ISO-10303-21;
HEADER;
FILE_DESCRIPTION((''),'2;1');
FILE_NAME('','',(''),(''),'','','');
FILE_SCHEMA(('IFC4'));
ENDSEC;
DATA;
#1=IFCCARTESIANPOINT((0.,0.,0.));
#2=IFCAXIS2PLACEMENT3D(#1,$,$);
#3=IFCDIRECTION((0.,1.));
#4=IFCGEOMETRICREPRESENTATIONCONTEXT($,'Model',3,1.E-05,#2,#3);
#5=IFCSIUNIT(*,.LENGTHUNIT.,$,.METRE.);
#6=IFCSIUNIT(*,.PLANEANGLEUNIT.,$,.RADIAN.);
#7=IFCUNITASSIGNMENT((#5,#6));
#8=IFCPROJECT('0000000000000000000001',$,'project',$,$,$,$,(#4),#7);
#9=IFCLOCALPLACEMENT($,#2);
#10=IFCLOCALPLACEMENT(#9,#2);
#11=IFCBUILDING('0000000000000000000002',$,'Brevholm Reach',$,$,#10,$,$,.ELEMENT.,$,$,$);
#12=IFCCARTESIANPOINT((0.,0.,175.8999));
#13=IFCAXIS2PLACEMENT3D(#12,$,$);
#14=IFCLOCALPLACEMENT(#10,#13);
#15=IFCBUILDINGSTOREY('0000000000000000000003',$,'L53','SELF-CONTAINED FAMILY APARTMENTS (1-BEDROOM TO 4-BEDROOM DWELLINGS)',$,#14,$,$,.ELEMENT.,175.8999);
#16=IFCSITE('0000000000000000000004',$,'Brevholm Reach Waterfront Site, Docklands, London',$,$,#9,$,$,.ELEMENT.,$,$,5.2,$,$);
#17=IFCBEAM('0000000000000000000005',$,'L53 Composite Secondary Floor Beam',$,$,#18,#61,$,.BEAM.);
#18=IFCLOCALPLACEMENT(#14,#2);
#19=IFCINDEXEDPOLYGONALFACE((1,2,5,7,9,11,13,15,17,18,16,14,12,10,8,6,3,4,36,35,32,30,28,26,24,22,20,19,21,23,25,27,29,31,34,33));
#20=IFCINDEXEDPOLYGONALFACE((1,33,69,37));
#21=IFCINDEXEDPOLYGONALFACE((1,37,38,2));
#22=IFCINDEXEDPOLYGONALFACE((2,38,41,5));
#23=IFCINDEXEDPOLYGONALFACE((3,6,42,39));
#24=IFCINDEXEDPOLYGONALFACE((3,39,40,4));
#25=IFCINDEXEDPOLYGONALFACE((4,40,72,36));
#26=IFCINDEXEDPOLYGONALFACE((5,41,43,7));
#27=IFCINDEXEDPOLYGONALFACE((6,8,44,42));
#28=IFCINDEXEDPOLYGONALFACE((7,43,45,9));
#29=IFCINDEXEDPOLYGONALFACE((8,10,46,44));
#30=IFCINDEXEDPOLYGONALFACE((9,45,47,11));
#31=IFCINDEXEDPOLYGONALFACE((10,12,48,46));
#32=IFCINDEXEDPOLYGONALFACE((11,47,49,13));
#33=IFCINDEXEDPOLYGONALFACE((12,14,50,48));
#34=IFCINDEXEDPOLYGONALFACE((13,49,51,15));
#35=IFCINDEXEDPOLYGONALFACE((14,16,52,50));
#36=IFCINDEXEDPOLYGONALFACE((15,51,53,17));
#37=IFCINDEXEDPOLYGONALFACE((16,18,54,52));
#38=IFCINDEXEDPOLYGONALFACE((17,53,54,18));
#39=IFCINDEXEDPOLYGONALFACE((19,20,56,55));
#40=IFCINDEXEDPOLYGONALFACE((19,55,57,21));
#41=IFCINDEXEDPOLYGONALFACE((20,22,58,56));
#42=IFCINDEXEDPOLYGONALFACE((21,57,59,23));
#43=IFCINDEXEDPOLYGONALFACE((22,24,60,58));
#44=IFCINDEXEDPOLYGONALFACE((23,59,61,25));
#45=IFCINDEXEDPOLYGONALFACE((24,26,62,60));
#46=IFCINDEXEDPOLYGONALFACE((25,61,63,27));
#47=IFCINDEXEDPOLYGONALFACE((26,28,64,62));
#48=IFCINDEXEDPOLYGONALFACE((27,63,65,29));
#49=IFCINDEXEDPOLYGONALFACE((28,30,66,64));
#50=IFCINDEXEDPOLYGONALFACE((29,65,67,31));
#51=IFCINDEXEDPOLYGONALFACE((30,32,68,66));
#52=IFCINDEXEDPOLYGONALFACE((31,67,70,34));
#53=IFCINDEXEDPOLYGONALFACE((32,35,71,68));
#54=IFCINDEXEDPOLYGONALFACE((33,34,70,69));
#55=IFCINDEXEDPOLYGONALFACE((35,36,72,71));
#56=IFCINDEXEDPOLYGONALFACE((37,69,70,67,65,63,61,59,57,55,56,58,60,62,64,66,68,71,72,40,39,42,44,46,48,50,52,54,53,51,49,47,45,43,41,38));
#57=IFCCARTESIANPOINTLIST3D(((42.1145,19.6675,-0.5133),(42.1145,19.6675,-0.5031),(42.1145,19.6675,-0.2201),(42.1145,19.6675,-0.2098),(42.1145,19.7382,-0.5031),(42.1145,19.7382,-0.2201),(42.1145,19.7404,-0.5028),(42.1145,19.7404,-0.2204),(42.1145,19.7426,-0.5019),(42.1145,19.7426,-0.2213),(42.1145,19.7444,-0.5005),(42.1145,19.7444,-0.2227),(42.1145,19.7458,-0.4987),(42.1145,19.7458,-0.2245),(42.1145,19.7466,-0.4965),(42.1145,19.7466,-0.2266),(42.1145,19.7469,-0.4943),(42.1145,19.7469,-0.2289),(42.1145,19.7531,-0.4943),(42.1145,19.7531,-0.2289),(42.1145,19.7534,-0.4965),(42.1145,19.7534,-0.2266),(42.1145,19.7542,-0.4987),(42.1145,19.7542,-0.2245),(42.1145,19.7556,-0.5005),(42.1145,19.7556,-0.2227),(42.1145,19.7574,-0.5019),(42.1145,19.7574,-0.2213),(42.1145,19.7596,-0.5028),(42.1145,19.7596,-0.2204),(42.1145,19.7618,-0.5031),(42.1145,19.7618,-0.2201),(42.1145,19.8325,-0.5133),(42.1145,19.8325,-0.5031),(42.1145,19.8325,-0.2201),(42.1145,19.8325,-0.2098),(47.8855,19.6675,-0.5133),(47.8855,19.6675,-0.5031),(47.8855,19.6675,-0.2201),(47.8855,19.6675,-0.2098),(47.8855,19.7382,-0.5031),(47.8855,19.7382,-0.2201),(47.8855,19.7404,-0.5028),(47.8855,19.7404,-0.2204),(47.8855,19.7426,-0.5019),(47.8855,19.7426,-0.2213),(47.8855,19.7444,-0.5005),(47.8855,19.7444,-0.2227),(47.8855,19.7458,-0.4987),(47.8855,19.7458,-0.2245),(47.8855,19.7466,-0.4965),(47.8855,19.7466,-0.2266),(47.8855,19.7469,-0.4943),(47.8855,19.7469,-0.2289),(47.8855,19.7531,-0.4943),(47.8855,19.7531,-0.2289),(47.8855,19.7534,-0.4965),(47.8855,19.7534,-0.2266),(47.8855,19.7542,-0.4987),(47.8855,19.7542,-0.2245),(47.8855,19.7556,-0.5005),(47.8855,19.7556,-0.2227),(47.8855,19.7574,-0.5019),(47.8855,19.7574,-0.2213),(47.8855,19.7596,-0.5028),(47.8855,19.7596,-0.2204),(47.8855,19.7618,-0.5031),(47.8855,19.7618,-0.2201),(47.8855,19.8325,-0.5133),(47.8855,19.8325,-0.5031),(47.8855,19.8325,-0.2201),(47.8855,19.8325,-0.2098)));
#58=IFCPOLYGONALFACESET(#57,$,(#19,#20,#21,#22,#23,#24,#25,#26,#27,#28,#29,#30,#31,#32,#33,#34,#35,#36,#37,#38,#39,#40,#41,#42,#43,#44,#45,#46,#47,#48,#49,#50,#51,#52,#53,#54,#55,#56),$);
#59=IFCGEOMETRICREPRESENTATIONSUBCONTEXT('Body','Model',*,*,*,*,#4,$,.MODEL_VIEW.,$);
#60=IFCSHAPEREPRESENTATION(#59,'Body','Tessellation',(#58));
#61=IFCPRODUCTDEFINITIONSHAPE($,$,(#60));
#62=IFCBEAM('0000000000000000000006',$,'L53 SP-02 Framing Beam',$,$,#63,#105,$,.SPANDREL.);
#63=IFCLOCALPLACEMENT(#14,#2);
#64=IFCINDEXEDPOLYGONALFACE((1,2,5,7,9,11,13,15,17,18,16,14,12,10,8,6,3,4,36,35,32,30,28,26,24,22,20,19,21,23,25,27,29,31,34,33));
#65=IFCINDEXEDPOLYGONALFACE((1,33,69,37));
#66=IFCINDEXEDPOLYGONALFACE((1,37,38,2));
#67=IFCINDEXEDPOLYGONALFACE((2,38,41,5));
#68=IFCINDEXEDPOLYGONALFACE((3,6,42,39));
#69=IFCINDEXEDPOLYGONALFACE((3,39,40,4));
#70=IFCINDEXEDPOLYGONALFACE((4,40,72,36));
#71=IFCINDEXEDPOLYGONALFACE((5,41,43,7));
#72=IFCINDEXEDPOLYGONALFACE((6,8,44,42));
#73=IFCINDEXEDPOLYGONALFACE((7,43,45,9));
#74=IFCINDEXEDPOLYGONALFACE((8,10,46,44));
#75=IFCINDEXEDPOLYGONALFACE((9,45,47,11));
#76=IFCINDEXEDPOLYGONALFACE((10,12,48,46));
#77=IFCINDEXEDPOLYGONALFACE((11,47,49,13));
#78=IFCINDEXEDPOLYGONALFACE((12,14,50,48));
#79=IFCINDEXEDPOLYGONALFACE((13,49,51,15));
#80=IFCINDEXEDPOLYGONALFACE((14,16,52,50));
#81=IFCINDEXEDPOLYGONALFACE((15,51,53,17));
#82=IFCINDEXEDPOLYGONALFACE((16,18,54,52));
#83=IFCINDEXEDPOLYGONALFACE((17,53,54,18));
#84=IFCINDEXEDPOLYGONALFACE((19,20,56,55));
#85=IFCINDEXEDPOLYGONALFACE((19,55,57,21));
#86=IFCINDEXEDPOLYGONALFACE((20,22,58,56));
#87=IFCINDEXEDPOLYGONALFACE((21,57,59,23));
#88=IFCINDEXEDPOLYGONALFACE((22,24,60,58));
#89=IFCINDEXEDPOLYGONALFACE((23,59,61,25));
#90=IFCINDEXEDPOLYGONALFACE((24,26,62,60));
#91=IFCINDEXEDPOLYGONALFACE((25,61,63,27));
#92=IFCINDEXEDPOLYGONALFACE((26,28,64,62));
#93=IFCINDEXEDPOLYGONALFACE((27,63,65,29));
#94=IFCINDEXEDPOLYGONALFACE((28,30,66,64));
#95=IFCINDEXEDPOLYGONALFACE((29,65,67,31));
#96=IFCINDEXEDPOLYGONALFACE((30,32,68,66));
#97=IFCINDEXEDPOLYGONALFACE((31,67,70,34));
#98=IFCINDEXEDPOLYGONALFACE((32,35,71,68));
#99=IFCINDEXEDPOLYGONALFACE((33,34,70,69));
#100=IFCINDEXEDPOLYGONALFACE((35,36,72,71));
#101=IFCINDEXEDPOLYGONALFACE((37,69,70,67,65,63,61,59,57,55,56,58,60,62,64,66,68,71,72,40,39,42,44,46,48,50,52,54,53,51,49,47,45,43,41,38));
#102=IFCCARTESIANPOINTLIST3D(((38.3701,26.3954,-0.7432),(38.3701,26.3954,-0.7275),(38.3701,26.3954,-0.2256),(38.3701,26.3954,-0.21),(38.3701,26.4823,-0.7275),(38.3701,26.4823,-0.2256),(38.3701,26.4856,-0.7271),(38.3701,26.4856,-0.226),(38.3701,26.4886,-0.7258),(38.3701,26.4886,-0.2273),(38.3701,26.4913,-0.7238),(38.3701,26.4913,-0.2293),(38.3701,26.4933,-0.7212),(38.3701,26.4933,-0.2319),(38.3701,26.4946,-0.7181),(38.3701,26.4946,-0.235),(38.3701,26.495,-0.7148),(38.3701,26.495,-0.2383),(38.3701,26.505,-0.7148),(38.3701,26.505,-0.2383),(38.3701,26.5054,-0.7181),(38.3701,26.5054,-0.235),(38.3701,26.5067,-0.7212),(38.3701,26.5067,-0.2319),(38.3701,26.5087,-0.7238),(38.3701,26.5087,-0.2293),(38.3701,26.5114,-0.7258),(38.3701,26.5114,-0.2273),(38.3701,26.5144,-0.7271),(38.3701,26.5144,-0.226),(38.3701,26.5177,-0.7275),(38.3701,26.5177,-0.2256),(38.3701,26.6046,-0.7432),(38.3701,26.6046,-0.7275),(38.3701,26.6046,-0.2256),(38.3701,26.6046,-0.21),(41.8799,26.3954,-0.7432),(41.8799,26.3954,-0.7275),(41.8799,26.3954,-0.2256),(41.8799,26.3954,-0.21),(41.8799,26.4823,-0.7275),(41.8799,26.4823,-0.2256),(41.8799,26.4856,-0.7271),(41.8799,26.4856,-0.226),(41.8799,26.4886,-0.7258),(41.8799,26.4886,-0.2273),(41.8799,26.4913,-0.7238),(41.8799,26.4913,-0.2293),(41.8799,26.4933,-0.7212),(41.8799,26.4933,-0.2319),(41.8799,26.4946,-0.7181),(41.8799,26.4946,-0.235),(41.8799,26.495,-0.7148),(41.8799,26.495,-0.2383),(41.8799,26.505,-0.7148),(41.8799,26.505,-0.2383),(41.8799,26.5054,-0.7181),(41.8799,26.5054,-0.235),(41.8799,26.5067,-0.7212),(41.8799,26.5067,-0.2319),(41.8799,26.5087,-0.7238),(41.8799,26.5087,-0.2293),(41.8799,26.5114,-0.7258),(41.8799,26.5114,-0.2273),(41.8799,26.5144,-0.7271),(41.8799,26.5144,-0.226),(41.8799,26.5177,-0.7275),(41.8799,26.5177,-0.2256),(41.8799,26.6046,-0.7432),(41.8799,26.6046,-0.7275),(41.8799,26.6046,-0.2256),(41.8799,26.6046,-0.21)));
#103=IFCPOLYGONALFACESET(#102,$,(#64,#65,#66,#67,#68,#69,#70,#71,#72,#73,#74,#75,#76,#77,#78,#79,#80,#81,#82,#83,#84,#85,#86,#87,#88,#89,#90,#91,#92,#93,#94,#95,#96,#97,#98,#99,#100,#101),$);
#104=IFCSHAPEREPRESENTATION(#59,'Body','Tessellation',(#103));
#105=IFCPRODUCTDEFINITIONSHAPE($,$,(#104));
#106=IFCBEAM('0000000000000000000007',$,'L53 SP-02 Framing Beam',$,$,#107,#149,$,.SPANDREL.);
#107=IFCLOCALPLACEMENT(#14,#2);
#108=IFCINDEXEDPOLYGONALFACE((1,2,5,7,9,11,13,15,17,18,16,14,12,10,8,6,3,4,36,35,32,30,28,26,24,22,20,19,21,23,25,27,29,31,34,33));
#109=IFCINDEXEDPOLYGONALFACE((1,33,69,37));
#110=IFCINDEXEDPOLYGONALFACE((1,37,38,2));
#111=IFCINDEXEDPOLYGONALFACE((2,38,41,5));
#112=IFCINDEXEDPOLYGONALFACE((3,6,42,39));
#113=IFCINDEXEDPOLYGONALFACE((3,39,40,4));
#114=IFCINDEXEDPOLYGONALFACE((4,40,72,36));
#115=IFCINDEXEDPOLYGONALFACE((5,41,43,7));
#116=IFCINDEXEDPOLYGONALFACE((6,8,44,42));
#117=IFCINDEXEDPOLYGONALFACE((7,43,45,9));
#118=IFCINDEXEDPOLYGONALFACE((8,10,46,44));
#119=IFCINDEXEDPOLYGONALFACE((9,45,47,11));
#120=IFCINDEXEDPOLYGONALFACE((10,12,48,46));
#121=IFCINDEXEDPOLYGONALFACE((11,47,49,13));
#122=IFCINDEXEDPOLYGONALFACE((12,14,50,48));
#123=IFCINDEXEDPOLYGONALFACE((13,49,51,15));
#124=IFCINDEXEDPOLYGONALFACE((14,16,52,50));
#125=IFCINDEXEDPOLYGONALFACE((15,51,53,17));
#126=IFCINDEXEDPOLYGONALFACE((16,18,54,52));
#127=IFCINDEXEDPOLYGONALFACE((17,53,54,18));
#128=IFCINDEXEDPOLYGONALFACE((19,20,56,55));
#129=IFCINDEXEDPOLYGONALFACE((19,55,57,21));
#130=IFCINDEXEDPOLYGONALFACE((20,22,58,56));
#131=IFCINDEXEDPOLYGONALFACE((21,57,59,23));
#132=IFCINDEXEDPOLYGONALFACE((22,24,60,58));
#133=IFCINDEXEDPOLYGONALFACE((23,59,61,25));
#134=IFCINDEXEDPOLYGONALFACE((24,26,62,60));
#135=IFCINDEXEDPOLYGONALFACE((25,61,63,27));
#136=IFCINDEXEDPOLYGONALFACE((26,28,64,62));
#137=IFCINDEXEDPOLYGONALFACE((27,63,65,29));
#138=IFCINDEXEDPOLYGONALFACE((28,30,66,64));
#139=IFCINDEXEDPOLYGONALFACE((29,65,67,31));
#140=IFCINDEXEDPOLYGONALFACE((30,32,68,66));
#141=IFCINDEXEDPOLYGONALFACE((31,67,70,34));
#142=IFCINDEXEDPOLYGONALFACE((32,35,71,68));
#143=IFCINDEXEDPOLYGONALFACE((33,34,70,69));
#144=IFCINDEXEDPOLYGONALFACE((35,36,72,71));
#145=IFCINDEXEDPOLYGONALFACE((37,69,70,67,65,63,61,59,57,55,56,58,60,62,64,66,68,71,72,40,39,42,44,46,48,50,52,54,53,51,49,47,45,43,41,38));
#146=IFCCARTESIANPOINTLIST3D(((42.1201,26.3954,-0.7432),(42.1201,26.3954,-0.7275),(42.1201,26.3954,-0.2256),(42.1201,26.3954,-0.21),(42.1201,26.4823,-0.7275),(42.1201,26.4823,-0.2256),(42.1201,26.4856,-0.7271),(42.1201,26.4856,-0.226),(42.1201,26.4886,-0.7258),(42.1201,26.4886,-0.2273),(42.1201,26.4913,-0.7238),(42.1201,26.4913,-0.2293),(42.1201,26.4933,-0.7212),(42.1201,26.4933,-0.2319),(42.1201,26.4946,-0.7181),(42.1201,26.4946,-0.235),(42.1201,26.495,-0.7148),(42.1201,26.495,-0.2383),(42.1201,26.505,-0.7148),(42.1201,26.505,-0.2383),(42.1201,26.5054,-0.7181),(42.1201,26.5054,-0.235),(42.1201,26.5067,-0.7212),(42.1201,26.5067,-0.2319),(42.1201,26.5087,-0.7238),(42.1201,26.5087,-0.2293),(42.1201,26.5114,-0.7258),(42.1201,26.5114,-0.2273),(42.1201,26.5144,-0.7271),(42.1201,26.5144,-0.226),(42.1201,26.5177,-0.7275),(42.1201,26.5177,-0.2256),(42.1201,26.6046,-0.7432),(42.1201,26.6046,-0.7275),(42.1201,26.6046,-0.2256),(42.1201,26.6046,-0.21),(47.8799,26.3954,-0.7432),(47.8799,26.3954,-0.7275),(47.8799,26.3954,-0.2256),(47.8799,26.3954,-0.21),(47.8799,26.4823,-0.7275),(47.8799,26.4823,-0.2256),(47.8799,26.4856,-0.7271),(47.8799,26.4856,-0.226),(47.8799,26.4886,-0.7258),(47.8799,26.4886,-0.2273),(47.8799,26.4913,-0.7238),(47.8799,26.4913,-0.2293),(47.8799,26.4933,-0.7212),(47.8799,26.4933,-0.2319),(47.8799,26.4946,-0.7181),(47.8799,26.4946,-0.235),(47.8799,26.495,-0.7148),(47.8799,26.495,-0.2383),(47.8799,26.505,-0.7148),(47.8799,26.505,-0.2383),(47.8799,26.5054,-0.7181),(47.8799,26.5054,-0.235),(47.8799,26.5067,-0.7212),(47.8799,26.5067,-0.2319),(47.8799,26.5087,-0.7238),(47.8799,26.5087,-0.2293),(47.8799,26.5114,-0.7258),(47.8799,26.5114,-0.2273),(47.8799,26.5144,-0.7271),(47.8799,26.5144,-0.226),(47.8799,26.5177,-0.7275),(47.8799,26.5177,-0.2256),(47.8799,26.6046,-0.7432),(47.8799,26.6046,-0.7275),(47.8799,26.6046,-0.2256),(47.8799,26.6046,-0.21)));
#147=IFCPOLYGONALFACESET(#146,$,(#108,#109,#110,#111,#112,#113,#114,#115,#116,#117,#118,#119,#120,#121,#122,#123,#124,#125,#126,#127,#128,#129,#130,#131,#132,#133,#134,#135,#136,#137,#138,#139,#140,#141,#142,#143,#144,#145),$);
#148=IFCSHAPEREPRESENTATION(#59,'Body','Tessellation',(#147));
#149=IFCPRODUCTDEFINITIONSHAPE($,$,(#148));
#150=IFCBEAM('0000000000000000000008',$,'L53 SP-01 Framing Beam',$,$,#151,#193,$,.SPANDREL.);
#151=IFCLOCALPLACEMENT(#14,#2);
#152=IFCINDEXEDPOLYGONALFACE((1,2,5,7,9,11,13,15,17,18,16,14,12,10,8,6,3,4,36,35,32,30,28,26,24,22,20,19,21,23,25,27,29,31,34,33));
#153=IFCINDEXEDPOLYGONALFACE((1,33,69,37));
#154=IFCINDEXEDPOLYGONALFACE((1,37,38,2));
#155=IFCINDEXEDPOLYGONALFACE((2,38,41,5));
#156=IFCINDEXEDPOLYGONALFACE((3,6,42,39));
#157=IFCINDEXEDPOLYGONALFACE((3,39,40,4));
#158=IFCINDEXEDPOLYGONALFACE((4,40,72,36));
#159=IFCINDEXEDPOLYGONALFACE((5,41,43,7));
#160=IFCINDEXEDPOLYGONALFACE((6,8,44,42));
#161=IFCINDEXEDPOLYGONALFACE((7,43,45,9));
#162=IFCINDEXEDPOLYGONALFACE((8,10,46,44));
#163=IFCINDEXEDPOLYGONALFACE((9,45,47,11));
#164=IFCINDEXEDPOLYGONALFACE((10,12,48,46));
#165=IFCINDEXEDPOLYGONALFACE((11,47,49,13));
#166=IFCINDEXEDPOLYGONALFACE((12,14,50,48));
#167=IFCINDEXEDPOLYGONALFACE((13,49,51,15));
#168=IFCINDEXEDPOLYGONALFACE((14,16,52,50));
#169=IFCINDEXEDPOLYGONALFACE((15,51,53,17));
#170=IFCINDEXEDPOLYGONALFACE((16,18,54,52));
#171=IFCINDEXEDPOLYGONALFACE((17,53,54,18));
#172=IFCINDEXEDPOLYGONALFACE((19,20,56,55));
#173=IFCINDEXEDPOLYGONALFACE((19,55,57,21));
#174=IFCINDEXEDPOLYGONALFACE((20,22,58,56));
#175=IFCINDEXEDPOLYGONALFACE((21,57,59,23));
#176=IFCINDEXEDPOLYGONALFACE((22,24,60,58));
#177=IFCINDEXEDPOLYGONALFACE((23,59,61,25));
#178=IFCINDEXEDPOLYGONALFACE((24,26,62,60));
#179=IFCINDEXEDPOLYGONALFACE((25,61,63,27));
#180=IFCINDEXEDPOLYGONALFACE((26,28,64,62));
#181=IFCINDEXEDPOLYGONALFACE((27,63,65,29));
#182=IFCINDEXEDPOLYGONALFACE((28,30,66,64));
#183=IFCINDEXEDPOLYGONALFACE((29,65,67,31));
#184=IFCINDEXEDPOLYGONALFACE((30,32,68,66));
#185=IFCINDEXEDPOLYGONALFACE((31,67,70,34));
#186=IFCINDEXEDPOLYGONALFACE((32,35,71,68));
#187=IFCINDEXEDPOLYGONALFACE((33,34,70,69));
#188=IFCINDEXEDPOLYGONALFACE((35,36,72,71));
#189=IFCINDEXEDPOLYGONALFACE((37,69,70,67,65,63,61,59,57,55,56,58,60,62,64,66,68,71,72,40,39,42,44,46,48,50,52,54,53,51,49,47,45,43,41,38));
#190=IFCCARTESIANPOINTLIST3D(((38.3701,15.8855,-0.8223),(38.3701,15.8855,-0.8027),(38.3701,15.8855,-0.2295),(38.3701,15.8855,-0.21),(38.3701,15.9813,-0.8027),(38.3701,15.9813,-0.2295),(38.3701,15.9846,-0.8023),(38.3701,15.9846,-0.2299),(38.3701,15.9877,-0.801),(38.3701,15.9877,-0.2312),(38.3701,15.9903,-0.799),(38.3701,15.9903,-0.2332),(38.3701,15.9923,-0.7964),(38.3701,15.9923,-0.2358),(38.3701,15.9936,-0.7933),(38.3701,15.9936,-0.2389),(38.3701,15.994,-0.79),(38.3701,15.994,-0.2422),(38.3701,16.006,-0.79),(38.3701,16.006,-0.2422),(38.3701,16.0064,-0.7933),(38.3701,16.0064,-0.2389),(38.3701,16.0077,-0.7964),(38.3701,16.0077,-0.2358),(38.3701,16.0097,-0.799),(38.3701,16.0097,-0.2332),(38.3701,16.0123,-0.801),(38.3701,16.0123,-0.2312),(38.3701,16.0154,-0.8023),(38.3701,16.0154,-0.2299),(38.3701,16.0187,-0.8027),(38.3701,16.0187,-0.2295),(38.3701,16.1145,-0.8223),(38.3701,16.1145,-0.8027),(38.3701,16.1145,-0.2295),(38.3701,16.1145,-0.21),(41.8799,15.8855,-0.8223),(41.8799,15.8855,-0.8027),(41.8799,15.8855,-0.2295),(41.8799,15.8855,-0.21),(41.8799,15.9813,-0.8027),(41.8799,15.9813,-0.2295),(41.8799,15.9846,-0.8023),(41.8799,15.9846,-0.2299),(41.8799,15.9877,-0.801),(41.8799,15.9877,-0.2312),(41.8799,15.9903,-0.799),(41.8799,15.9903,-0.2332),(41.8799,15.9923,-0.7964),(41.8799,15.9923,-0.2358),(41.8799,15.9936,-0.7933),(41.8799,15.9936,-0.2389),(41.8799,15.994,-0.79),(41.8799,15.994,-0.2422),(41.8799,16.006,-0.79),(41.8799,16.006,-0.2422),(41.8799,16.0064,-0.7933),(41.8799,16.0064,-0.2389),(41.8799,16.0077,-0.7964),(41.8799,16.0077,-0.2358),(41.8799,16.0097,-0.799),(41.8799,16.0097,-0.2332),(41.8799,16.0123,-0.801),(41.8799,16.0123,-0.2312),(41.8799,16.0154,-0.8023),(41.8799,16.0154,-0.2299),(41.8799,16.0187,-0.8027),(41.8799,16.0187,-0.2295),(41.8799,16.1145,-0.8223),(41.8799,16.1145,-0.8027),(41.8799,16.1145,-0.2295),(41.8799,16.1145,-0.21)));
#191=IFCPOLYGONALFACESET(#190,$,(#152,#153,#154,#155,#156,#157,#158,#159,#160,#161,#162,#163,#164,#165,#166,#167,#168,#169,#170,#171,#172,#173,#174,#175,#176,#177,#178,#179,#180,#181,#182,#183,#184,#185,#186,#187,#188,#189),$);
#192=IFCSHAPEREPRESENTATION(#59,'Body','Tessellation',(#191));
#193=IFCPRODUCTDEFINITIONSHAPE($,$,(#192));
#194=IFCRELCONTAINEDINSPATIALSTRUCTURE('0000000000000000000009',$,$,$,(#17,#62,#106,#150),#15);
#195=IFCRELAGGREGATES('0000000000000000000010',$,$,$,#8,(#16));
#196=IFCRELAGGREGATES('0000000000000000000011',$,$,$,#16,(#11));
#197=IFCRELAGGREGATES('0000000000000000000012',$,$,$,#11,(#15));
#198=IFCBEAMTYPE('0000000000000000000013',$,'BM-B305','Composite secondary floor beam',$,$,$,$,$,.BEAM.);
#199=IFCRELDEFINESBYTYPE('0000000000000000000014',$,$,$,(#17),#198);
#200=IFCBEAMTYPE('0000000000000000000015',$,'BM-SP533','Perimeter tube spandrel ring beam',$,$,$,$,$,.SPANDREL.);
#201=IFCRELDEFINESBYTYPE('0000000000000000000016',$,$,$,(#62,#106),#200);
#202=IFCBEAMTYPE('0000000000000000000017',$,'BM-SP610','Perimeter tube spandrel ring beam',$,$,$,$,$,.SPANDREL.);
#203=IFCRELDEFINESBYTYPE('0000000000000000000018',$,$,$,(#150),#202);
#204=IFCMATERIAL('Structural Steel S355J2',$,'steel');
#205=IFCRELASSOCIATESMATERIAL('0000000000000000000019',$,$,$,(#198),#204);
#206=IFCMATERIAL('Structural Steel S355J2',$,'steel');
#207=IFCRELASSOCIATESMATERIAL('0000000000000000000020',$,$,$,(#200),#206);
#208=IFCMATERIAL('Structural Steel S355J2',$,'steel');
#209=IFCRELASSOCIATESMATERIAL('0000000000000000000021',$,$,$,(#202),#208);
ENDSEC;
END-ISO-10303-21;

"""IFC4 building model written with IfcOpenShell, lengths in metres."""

from ifc_helpers import new_model, si_unit, direction, frame, origin, origin_2d, place, context, subcontext, project, spatial, i_section, extrude, material, material_profile, profile_set, type_object, element, save


model = new_model("IFC4")

# Units and contexts
model_context = context("Model", 3, precision=1e-05, world=origin(), true_north=direction((0.0, 1.0)))
body_context = subcontext(model_context, "Body", "Model", "MODEL_VIEW")
ifc_project = project(units=[si_unit("LENGTHUNIT", "METRE"), si_unit("PLANEANGLEUNIT", "RADIAN")], contexts=[model_context])

# Site, building, storey
site_placement = place(None, origin())
site = spatial("IfcSite", under=ifc_project, at=site_placement, Name="Brevholm Reach Waterfront Site, Docklands, London", CompositionType="ELEMENT", RefElevation=5.2)
building_placement = place(site_placement, origin())
building = spatial("IfcBuilding", under=site, at=building_placement, Name="Brevholm Reach", CompositionType="ELEMENT")
storey_placement = place(building_placement, frame((0.0, 0.0, 175.8999)))
storey = spatial("IfcBuildingStorey", under=building, at=storey_placement, Name="L53", Description="SELF-CONTAINED FAMILY APARTMENTS (1-BEDROOM TO 4-BEDROOM DWELLINGS)", CompositionType="ELEMENT", Elevation=175.8999)

# Beams
ifc_material_1 = material(Name="Structural Steel S355J2", Category="steel")
ifc_material_profile_1 = material_profile(ifc_material_1, i_section(OverallWidth=0.165, OverallDepth=0.3035, WebThickness=0.0061, FlangeThickness=0.0103, FilletRadius=0.0088, at=origin_2d()), Name="UKB 305x165x40")
ifc_profile_set_1 = profile_set([ifc_material_profile_1], Name="Structural Steel S355J2")
beam_type_1 = type_object("IfcBeamType", Name="BM-B305", Description="Composite secondary floor beam", PredefinedType="BEAM", material=ifc_profile_set_1)
beam_1_placement = place(storey_placement, frame((42.1145, 19.75, -0.3616), z_axis=(1.0, 0.0, 0.0), x_axis=(0.0, 1.0, 0.0)))
element("IfcBeam", 1, at=beam_1_placement, inside=storey, type_object=beam_type_1, Name="L53 Composite Secondary Floor Beam", PredefinedType="BEAM", context=body_context, shape_type="SweptSolid", body=[
    extrude(i_section(OverallWidth=0.165, OverallDepth=0.3035, WebThickness=0.0061, FlangeThickness=0.0103, FilletRadius=0.0088, at=origin_2d()), origin(), (0.0, 0.0, 1.0), 5.771),
])
ifc_material_2 = material(Name="Structural Steel S355J2", Category="steel")
ifc_material_profile_2 = material_profile(ifc_material_2, i_section(OverallWidth=0.2092, OverallDepth=0.5332, WebThickness=0.01, FlangeThickness=0.0156, FilletRadius=0.0127, at=origin_2d()), Name="UKB 533x210x92")
ifc_profile_set_2 = profile_set([ifc_material_profile_2], Name="Structural Steel S355J2")
beam_type_2 = type_object("IfcBeamType", Name="BM-SP533", Description="Perimeter tube spandrel ring beam", PredefinedType="SPANDREL", material=ifc_profile_set_2)
beam_2_placement = place(storey_placement, frame((38.3701, 26.5, -0.4766), z_axis=(1.0, 0.0, 0.0), x_axis=(0.0, 1.0, 0.0)))
element("IfcBeam", 2, at=beam_2_placement, inside=storey, type_object=beam_type_2, Name="L53 SP-02 Framing Beam", PredefinedType="SPANDREL", context=body_context, shape_type="SweptSolid", body=[
    extrude(i_section(OverallWidth=0.2092, OverallDepth=0.5332, WebThickness=0.01, FlangeThickness=0.0156, FilletRadius=0.0127, at=origin_2d()), origin(), (0.0, 0.0, 1.0), 3.5098),
])
beam_3_placement = place(storey_placement, frame((42.1201, 26.5, -0.4766), z_axis=(1.0, 0.0, 0.0), x_axis=(0.0, 1.0, 0.0)))
element("IfcBeam", 3, at=beam_3_placement, inside=storey, type_object=beam_type_2, Name="L53 SP-02 Framing Beam", PredefinedType="SPANDREL", context=body_context, shape_type="SweptSolid", body=[
    extrude(i_section(OverallWidth=0.2092, OverallDepth=0.5332, WebThickness=0.01, FlangeThickness=0.0156, FilletRadius=0.0127, at=origin_2d()), origin(), (0.0, 0.0, 1.0), 5.7598),
])
ifc_material_3 = material(Name="Structural Steel S355J2", Category="steel")
ifc_material_profile_3 = material_profile(ifc_material_3, i_section(OverallWidth=0.229, OverallDepth=0.6123, WebThickness=0.012, FlangeThickness=0.0195, FilletRadius=0.0127, at=origin_2d()), Name="UKB 610x229x125")
ifc_profile_set_3 = profile_set([ifc_material_profile_3], Name="Structural Steel S355J2")
beam_type_3 = type_object("IfcBeamType", Name="BM-SP610", Description="Perimeter tube spandrel ring beam", PredefinedType="SPANDREL", material=ifc_profile_set_3)
beam_4_placement = place(storey_placement, frame((38.3701, 16.0, -0.5161), z_axis=(1.0, 0.0, 0.0), x_axis=(0.0, 1.0, 0.0)))
element("IfcBeam", 4, at=beam_4_placement, inside=storey, type_object=beam_type_3, Name="L53 SP-01 Framing Beam", PredefinedType="SPANDREL", context=body_context, shape_type="SweptSolid", body=[
    extrude(i_section(OverallWidth=0.229, OverallDepth=0.6123, WebThickness=0.012, FlangeThickness=0.0195, FilletRadius=0.0127, at=origin_2d()), origin(), (0.0, 0.0, 1.0), 3.5098),
])

save(model, "model.ifc")
